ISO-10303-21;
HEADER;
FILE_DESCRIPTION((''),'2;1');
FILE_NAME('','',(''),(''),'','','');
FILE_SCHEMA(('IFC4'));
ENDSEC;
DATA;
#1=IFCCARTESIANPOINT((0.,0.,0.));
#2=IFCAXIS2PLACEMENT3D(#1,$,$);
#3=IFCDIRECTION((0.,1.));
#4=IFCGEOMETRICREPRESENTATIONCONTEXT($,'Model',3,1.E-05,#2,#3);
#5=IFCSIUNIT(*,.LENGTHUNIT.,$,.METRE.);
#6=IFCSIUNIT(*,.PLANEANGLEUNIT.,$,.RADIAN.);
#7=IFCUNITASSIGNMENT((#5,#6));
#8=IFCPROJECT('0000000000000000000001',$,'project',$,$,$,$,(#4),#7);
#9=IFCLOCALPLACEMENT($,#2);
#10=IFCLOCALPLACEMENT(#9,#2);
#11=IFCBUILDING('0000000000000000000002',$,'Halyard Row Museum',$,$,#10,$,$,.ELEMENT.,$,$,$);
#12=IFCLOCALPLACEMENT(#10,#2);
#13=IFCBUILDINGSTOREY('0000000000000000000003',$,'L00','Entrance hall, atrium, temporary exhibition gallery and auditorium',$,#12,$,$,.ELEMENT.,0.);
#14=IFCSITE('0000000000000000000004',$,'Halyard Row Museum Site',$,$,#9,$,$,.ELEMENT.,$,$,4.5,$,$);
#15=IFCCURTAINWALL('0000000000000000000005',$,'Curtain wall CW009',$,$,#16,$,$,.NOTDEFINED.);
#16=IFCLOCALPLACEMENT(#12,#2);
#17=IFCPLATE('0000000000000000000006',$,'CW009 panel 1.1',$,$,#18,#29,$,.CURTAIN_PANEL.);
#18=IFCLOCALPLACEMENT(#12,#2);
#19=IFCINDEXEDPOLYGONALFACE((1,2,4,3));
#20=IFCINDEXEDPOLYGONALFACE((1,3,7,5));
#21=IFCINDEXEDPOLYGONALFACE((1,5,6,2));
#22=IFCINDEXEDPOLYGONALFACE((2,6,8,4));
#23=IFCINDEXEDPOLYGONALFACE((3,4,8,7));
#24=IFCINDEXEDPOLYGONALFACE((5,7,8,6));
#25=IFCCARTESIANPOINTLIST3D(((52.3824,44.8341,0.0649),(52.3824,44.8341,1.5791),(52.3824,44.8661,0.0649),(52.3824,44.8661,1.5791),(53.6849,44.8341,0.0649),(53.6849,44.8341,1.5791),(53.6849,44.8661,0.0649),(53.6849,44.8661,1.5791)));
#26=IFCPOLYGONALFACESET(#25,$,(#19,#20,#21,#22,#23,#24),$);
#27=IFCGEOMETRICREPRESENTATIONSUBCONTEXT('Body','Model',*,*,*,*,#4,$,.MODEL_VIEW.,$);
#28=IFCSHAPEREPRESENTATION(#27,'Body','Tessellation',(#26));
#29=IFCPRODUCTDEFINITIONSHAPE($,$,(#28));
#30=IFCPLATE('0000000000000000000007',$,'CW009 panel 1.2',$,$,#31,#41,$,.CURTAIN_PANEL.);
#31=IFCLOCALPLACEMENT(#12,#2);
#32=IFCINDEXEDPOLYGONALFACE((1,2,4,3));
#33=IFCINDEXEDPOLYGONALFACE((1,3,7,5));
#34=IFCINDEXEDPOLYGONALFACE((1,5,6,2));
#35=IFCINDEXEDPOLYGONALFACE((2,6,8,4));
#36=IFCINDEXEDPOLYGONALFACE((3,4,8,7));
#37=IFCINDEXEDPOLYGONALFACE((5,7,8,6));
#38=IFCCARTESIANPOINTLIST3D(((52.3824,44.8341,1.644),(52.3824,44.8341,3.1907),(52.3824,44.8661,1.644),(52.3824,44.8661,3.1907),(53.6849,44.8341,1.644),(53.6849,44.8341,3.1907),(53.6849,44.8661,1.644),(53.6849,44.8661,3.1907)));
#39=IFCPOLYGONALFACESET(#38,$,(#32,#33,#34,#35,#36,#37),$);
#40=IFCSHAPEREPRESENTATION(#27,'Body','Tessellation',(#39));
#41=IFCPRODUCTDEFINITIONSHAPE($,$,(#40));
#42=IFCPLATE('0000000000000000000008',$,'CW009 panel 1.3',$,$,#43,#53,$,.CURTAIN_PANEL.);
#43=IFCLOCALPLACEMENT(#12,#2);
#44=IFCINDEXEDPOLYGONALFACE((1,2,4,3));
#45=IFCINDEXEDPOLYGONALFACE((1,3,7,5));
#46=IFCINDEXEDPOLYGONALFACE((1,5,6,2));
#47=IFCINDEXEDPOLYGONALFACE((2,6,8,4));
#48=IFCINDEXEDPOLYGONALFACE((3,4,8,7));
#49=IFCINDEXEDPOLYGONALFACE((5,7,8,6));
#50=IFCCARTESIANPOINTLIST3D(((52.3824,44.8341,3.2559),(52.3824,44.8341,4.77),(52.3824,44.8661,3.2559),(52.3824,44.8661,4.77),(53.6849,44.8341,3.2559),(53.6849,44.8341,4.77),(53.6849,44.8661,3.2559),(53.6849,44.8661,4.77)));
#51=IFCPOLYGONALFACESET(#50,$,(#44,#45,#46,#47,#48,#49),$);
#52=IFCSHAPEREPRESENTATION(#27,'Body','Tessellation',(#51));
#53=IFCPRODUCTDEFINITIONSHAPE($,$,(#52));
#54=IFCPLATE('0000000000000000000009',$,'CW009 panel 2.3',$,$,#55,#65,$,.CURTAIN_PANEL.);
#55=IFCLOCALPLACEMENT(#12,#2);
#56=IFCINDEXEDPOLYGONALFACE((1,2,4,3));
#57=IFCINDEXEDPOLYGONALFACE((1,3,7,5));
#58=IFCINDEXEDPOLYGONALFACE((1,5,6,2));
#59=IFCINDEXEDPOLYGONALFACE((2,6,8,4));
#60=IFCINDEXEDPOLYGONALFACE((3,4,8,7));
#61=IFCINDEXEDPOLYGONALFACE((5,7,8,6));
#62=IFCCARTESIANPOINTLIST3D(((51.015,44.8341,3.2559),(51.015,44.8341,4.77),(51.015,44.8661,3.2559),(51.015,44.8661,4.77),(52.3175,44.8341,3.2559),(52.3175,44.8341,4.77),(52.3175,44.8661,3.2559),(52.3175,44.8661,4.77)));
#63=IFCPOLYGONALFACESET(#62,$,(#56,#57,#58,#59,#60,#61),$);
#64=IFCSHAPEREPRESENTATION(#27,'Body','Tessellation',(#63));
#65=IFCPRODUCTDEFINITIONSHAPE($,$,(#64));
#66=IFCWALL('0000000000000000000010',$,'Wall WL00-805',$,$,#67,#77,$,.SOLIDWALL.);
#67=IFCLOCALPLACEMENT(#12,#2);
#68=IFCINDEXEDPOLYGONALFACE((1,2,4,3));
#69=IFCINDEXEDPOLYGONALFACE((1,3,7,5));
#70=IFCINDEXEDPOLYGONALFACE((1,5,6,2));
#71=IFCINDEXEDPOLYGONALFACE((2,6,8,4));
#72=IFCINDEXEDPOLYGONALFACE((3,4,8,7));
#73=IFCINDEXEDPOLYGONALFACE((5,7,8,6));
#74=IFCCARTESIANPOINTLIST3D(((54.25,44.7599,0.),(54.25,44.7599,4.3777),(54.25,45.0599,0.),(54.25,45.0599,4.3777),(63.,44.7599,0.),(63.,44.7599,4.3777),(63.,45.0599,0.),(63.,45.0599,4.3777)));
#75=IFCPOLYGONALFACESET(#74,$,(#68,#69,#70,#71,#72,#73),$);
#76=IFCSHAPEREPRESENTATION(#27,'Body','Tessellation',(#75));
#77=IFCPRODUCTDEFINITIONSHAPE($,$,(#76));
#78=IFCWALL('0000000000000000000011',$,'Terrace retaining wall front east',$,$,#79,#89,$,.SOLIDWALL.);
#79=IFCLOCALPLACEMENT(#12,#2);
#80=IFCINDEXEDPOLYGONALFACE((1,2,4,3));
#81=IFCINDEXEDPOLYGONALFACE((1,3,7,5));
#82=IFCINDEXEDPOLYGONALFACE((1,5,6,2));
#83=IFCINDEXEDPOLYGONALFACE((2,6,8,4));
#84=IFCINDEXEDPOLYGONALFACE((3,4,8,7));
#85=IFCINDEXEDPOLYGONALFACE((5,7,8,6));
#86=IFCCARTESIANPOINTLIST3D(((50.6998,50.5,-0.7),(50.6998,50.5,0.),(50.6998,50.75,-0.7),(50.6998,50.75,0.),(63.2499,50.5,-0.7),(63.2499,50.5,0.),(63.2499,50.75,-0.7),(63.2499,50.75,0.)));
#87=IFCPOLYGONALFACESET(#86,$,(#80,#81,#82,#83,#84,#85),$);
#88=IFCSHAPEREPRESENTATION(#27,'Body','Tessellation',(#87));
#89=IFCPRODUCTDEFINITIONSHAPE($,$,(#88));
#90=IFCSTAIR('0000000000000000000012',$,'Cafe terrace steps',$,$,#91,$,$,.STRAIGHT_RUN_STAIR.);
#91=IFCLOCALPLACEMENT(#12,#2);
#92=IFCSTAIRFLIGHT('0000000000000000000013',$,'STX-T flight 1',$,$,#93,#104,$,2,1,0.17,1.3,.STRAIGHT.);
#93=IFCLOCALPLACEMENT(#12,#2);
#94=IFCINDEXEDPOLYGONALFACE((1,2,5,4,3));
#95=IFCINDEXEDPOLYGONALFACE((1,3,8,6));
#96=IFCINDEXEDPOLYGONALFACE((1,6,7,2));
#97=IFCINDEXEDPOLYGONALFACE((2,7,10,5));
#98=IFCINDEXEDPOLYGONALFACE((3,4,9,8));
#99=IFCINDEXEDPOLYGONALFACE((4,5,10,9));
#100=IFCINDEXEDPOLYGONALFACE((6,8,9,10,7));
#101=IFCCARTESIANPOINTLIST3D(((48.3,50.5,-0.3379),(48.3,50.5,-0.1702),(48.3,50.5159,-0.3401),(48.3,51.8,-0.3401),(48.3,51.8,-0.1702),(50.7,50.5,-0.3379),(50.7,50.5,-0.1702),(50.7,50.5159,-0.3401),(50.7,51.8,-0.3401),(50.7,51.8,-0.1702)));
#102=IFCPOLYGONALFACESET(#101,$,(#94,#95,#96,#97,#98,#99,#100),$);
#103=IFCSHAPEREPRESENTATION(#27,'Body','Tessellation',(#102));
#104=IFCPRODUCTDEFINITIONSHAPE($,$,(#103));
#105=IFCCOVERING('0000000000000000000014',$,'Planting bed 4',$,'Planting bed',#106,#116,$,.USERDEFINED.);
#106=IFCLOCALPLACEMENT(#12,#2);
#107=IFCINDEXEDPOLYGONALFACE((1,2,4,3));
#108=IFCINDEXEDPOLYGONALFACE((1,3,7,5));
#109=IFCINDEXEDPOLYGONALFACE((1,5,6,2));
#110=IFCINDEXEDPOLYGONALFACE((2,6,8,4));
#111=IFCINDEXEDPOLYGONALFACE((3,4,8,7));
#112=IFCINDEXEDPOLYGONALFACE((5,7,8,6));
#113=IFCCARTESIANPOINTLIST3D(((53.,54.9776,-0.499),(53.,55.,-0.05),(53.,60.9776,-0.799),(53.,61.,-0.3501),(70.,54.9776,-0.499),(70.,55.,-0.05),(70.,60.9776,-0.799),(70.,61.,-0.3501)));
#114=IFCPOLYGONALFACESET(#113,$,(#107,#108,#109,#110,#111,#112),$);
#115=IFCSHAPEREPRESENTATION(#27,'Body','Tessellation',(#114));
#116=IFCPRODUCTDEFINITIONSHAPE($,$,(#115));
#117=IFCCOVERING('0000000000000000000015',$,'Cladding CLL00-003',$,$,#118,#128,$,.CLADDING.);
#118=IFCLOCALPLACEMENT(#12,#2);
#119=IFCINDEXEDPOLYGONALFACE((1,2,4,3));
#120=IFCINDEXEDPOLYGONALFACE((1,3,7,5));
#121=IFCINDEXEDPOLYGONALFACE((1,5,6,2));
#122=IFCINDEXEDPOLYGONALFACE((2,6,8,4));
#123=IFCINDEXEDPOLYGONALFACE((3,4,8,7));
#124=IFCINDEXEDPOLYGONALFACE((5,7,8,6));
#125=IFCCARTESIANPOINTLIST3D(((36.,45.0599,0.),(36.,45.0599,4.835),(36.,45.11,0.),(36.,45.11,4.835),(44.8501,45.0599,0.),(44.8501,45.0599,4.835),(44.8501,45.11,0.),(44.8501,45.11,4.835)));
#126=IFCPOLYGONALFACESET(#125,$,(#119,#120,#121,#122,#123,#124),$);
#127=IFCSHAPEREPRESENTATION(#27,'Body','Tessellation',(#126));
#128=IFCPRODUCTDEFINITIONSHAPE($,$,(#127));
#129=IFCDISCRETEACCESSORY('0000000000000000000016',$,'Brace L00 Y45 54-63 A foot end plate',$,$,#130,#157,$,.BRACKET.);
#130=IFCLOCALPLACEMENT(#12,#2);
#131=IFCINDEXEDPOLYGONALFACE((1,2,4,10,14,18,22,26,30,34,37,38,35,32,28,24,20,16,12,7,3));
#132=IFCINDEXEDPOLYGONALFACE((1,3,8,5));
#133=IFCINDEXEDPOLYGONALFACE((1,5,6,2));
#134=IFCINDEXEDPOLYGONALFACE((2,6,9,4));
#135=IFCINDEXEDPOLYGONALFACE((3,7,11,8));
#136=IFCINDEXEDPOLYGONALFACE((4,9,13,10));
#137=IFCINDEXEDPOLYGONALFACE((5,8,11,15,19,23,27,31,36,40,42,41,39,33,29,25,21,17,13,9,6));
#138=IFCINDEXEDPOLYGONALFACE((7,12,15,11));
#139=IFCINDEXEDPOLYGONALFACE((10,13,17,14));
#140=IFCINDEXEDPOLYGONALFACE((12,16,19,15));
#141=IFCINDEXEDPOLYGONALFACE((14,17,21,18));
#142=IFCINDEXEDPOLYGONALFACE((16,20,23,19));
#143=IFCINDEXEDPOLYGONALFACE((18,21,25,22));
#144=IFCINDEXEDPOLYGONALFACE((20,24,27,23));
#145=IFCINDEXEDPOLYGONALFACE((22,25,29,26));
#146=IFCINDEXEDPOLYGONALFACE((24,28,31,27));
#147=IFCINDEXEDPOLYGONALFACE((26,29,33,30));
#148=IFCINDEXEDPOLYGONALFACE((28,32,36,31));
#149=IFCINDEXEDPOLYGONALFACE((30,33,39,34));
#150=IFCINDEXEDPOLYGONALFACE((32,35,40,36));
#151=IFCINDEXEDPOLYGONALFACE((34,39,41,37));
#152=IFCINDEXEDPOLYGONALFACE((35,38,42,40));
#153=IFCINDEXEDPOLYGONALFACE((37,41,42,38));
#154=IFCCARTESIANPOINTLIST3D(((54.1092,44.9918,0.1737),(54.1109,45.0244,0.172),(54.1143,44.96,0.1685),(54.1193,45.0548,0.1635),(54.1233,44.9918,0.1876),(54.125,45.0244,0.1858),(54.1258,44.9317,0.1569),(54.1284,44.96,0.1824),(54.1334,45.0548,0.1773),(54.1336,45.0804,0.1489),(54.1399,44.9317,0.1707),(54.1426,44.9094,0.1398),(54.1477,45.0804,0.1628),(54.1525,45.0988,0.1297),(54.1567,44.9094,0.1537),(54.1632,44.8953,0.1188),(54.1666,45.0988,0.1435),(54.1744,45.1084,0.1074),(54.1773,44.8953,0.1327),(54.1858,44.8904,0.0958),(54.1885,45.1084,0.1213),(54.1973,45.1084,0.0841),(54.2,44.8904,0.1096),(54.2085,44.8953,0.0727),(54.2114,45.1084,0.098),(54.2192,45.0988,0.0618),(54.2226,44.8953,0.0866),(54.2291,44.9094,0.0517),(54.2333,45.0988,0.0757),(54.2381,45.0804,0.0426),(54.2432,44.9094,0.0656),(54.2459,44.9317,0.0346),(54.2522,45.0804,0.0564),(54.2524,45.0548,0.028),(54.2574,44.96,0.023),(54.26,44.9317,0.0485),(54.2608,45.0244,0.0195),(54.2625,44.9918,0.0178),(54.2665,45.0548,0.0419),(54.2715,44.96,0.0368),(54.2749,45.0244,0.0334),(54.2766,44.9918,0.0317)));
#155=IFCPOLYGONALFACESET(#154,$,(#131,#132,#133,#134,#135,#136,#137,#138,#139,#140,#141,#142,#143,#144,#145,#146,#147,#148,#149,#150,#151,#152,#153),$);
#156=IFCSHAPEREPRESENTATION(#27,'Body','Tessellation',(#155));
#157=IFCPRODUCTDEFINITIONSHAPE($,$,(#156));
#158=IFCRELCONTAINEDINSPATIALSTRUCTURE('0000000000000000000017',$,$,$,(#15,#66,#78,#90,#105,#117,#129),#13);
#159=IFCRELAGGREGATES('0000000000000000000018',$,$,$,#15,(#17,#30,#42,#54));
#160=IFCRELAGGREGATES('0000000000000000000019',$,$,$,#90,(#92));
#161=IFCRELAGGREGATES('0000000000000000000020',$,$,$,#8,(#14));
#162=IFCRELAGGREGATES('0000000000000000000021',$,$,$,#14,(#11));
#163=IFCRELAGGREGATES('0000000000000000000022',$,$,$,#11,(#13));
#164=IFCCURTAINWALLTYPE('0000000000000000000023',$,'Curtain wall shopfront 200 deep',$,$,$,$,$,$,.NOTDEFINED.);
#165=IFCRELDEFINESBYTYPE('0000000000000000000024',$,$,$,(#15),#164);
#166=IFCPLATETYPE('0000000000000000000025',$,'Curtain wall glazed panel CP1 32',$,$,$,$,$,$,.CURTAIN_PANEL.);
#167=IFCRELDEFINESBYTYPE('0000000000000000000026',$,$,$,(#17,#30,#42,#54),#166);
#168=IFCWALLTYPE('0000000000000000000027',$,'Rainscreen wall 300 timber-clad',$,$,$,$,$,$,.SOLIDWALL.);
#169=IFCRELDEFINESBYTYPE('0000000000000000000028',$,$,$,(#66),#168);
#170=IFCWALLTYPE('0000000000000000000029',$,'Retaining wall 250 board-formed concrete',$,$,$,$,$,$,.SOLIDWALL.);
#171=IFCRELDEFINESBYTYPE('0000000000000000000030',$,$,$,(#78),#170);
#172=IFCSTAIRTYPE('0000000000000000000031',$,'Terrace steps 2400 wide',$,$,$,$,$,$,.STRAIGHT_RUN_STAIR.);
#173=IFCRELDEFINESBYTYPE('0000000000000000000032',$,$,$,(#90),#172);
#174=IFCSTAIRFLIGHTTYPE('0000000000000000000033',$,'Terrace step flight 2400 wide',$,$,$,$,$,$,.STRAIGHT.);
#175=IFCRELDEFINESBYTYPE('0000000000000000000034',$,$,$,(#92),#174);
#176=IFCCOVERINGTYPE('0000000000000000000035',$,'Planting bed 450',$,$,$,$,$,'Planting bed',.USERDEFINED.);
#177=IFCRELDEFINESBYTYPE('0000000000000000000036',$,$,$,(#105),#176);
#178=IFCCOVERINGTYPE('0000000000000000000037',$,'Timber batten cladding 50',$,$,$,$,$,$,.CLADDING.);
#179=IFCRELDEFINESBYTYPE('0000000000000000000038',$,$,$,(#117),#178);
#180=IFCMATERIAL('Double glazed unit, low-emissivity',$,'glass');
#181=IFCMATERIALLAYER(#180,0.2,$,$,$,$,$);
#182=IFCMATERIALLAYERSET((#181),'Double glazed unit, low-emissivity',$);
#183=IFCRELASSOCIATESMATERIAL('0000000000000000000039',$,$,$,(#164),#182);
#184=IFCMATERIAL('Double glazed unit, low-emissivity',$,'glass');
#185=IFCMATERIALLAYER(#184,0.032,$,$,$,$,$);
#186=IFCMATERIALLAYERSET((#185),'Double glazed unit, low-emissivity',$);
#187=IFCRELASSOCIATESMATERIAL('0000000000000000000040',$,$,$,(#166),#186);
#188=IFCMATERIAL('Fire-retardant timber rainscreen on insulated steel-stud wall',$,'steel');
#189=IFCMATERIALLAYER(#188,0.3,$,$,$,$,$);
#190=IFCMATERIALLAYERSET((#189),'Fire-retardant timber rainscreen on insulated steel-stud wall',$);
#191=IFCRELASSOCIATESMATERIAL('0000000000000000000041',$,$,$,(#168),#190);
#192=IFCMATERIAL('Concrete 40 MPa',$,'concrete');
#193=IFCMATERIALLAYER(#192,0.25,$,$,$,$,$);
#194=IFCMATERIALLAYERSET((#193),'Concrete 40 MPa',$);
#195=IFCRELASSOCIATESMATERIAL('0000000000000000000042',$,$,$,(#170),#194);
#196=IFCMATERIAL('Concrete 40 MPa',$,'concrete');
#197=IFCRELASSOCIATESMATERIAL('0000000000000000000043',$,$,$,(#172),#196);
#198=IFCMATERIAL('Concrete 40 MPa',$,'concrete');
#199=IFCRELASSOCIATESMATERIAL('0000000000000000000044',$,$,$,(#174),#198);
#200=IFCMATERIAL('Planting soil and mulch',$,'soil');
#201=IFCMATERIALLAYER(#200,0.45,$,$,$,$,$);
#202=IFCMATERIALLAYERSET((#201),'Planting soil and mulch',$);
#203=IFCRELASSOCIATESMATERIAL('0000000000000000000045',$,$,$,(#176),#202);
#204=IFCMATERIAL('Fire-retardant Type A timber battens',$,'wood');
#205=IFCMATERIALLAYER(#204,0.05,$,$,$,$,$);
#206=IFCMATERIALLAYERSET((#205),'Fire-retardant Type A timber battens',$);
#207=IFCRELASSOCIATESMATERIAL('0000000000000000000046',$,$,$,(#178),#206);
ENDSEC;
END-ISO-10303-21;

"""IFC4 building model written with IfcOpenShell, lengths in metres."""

from ifc_helpers import new_model, si_unit, direction, frame, frame_2d, origin, origin_2d, place, context, subcontext, project, spatial, polyline, rectangle, circle, outline, extrude, material, layer, layer_set, type_object, element, aggregate, save


model = new_model("IFC4")

# Units and contexts
model_context = context("Model", 3, precision=1e-05, world=origin(), true_north=direction((0.0, 1.0)))
body_context = subcontext(model_context, "Body", "Model", "MODEL_VIEW")
ifc_project = project(units=[si_unit("LENGTHUNIT", "METRE"), si_unit("PLANEANGLEUNIT", "RADIAN")], contexts=[model_context])

# Site, building, storey
site_placement = place(None, origin())
site = spatial("IfcSite", under=ifc_project, at=site_placement, Name="Halyard Row Museum Site", CompositionType="ELEMENT", RefElevation=4.5)
building_placement = place(site_placement, origin())
building = spatial("IfcBuilding", under=site, at=building_placement, Name="Halyard Row Museum", CompositionType="ELEMENT")
storey_placement = place(building_placement, origin())
storey = spatial("IfcBuildingStorey", under=building, at=storey_placement, Name="L00", Description="Entrance hall, atrium, temporary exhibition gallery and auditorium", CompositionType="ELEMENT", Elevation=0.0)

# Curtain wall, plates
ifc_material_1 = material(Name="Double glazed unit, low-emissivity", Category="glass")
ifc_layer_1 = layer(ifc_material_1, 0.2)
ifc_layer_set_1 = layer_set([ifc_layer_1], Name="Double glazed unit, low-emissivity")
curtain_wall_type = type_object("IfcCurtainWallType", Name="Curtain wall shopfront 200 deep", PredefinedType="NOTDEFINED", material=ifc_layer_set_1)
curtain_wall_placement = place(storey_placement, origin())
curtain_wall = element("IfcCurtainWall", 1, at=curtain_wall_placement, inside=storey, type_object=curtain_wall_type, Name="Curtain wall CW009", PredefinedType="NOTDEFINED")
ifc_material_2 = material(Name="Double glazed unit, low-emissivity", Category="glass")
ifc_layer_2 = layer(ifc_material_2, 0.032)
ifc_layer_set_2 = layer_set([ifc_layer_2], Name="Double glazed unit, low-emissivity")
plate_type = type_object("IfcPlateType", Name="Curtain wall glazed panel CP1 32", PredefinedType="CURTAIN_PANEL", material=ifc_layer_set_2)
plate_1_placement = place(storey_placement, frame((53.0337, 44.8501, 0.0649), z_axis=(0.0, 0.0, 1.0), x_axis=(-1.0, 0.0, 0.0)))
plate_1 = element("IfcPlate", 2, at=plate_1_placement, type_object=plate_type, Name="CW009 panel 1.1", PredefinedType="CURTAIN_PANEL", context=body_context, shape_type="SweptSolid", body=[
    extrude(rectangle(XDim=1.3025, YDim=0.032, at=origin_2d()), origin(), (0.0, 0.0, 1.0), 1.5142),
])
plate_2_placement = place(storey_placement, frame((53.0337, 44.8501, 1.644), z_axis=(0.0, 0.0, 1.0), x_axis=(-1.0, 0.0, 0.0)))
plate_2 = element("IfcPlate", 3, at=plate_2_placement, type_object=plate_type, Name="CW009 panel 1.2", PredefinedType="CURTAIN_PANEL", context=body_context, shape_type="SweptSolid", body=[
    extrude(rectangle(XDim=1.3025, YDim=0.032, at=origin_2d()), origin(), (0.0, 0.0, 1.0), 1.5466),
])
plate_3_placement = place(storey_placement, frame((53.0337, 44.8501, 3.2559), z_axis=(0.0, 0.0, 1.0), x_axis=(-1.0, 0.0, 0.0)))
plate_3 = element("IfcPlate", 4, at=plate_3_placement, type_object=plate_type, Name="CW009 panel 1.3", PredefinedType="CURTAIN_PANEL", context=body_context, shape_type="SweptSolid", body=[
    extrude(rectangle(XDim=1.3025, YDim=0.032, at=origin_2d()), origin(), (0.0, 0.0, 1.0), 1.5142),
])
plate_4_placement = place(storey_placement, frame((51.6663, 44.8501, 3.2559), z_axis=(0.0, 0.0, 1.0), x_axis=(-1.0, 0.0, 0.0)))
plate_4 = element("IfcPlate", 5, at=plate_4_placement, type_object=plate_type, Name="CW009 panel 2.3", PredefinedType="CURTAIN_PANEL", context=body_context, shape_type="SweptSolid", body=[
    extrude(rectangle(XDim=1.3025, YDim=0.032, at=origin_2d()), origin(), (0.0, 0.0, 1.0), 1.5142),
])
aggregate(curtain_wall, [plate_1, plate_2, plate_3, plate_4])

# Walls
ifc_material_3 = material(Name="Fire-retardant timber rainscreen on insulated steel-stud wall", Category="steel")
ifc_layer_3 = layer(ifc_material_3, 0.3)
ifc_layer_set_3 = layer_set([ifc_layer_3], Name="Fire-retardant timber rainscreen on insulated steel-stud wall")
wall_type_1 = type_object("IfcWallType", Name="Rainscreen wall 300 timber-clad", PredefinedType="SOLIDWALL", material=ifc_layer_set_3)
wall_1_placement = place(storey_placement, frame((54.25, 44.9099, 0.0), z_axis=(0.0, 0.0, 1.0), x_axis=(1.0, 0.0, 0.0)))
element("IfcWall", 6, at=wall_1_placement, inside=storey, type_object=wall_type_1, Name="Wall WL00-805", PredefinedType="SOLIDWALL", context=body_context, shape_type="SweptSolid", body=[
    extrude(rectangle(XDim=8.75, YDim=0.3, at=frame_2d((4.375, 0.0))), origin(), (0.0, 0.0, 1.0), 4.3777),
])
ifc_material_4 = material(Name="Concrete 40 MPa", Category="concrete")
ifc_layer_4 = layer(ifc_material_4, 0.25)
ifc_layer_set_4 = layer_set([ifc_layer_4], Name="Concrete 40 MPa")
wall_type_2 = type_object("IfcWallType", Name="Retaining wall 250 board-formed concrete", PredefinedType="SOLIDWALL", material=ifc_layer_set_4)
wall_2_placement = place(storey_placement, frame((50.7, 50.625, -0.7), z_axis=(0.0, 0.0, 1.0), x_axis=(1.0, 0.0, 0.0)))
element("IfcWall", 7, at=wall_2_placement, inside=storey, type_object=wall_type_2, Name="Terrace retaining wall front east", PredefinedType="SOLIDWALL", context=body_context, shape_type="SweptSolid", body=[
    extrude(rectangle(XDim=12.55, YDim=0.25, at=frame_2d((6.2749, 0.0))), origin(), (0.0, 0.0, 1.0), 0.7),
])

# Stair, stair flight
ifc_material_5 = material(Name="Concrete 40 MPa", Category="concrete")
stair_type = type_object("IfcStairType", Name="Terrace steps 2400 wide", PredefinedType="STRAIGHT_RUN_STAIR", material=ifc_material_5)
stair_placement = place(storey_placement, origin())
stair = element("IfcStair", 8, at=stair_placement, inside=storey, type_object=stair_type, Name="Cafe terrace steps", PredefinedType="STRAIGHT_RUN_STAIR")
ifc_material_6 = material(Name="Concrete 40 MPa", Category="concrete")
stair_flight_type = type_object("IfcStairFlightType", Name="Terrace step flight 2400 wide", PredefinedType="STRAIGHT", material=ifc_material_6)
stair_flight_placement = place(storey_placement, frame((49.5, 51.8, -0.3401), z_axis=(0.0, 0.0, 1.0), x_axis=(0.0, -1.0, 0.0)))
stair_flight = element("IfcStairFlight", 9, at=stair_flight_placement, type_object=stair_flight_type, Name="STX-T flight 1", NumberOfRisers=2, NumberOfTreads=1, PredefinedType="STRAIGHT", RiserHeight=0.17, TreadLength=1.3, context=body_context, shape_type="SweptSolid", body=[
    extrude(outline(polyline([(0.0, 0.0), (0.0, 0.1699), (1.3, 0.1699), (1.3, 0.3401), (1.3, 0.0022), (1.2842, 0.0), (0.0, 0.0)])), frame((0.0, 1.2, 0.0), z_axis=(0.0, -1.0, 0.0), x_axis=(1.0, 0.0, 0.0)), (0.0, 0.0, 1.0), 2.3999),
])
aggregate(stair, [stair_flight])

# Coverings
ifc_material_7 = material(Name="Planting soil and mulch", Category="soil")
ifc_layer_5 = layer(ifc_material_7, 0.45)
ifc_layer_set_5 = layer_set([ifc_layer_5], Name="Planting soil and mulch")
covering_type_1 = type_object("IfcCoveringType", Name="Planting bed 450", ElementType="Planting bed", PredefinedType="USERDEFINED", material=ifc_layer_set_5)
covering_1_placement = place(storey_placement, frame((53.0, 55.0, -0.05), z_axis=(0.0, 0.049946, 0.998752), x_axis=(1.0, 0.0, 0.0)))
element("IfcCovering", 10, at=covering_1_placement, inside=storey, type_object=covering_type_1, Name="Planting bed 4", ObjectType="Planting bed", PredefinedType="USERDEFINED", context=body_context, shape_type="SweptSolid", body=[
    extrude(outline(polyline([(0.0, 0.0), (17.0, 0.0), (17.0, 6.0075), (0.0, 6.0075), (0.0, 0.0)])), origin(), (0.0, 0.0, -1.0), 0.4495),
])
ifc_material_8 = material(Name="Fire-retardant Type A timber battens", Category="wood")
ifc_layer_6 = layer(ifc_material_8, 0.05)
ifc_layer_set_6 = layer_set([ifc_layer_6], Name="Fire-retardant Type A timber battens")
covering_type_2 = type_object("IfcCoveringType", Name="Timber batten cladding 50", PredefinedType="CLADDING", material=ifc_layer_set_6)
covering_2_placement = place(storey_placement, frame((44.8501, 45.085, 0.0), z_axis=(0.0, 0.0, 1.0), x_axis=(-1.0, 0.0, 0.0)))
element("IfcCovering", 11, at=covering_2_placement, inside=storey, type_object=covering_type_2, Name="Cladding CLL00-003", PredefinedType="CLADDING", context=body_context, shape_type="SweptSolid", body=[
    extrude(rectangle(XDim=8.8501, YDim=0.05, at=frame_2d((4.425, 0.0))), origin(), (0.0, 0.0, 1.0), 4.835),
])

# Discrete accessory
discrete_accessory_placement = place(storey_placement, frame((54.2, 45.0, 0.1096), z_axis=(-0.713229, 0.0, -0.700932), x_axis=(0.0, -1.0, 0.0)))
element("IfcDiscreteAccessory", 12, at=discrete_accessory_placement, inside=storey, Name="Brace L00 Y45 54-63 A foot end plate", PredefinedType="BRACKET", context=body_context, shape_type="SweptSolid", body=[
    extrude(circle(Radius=0.1096, at=origin_2d()), origin(), (0.0, 0.0, 1.0), 0.0198),
])

save(model, "model.ifc")
